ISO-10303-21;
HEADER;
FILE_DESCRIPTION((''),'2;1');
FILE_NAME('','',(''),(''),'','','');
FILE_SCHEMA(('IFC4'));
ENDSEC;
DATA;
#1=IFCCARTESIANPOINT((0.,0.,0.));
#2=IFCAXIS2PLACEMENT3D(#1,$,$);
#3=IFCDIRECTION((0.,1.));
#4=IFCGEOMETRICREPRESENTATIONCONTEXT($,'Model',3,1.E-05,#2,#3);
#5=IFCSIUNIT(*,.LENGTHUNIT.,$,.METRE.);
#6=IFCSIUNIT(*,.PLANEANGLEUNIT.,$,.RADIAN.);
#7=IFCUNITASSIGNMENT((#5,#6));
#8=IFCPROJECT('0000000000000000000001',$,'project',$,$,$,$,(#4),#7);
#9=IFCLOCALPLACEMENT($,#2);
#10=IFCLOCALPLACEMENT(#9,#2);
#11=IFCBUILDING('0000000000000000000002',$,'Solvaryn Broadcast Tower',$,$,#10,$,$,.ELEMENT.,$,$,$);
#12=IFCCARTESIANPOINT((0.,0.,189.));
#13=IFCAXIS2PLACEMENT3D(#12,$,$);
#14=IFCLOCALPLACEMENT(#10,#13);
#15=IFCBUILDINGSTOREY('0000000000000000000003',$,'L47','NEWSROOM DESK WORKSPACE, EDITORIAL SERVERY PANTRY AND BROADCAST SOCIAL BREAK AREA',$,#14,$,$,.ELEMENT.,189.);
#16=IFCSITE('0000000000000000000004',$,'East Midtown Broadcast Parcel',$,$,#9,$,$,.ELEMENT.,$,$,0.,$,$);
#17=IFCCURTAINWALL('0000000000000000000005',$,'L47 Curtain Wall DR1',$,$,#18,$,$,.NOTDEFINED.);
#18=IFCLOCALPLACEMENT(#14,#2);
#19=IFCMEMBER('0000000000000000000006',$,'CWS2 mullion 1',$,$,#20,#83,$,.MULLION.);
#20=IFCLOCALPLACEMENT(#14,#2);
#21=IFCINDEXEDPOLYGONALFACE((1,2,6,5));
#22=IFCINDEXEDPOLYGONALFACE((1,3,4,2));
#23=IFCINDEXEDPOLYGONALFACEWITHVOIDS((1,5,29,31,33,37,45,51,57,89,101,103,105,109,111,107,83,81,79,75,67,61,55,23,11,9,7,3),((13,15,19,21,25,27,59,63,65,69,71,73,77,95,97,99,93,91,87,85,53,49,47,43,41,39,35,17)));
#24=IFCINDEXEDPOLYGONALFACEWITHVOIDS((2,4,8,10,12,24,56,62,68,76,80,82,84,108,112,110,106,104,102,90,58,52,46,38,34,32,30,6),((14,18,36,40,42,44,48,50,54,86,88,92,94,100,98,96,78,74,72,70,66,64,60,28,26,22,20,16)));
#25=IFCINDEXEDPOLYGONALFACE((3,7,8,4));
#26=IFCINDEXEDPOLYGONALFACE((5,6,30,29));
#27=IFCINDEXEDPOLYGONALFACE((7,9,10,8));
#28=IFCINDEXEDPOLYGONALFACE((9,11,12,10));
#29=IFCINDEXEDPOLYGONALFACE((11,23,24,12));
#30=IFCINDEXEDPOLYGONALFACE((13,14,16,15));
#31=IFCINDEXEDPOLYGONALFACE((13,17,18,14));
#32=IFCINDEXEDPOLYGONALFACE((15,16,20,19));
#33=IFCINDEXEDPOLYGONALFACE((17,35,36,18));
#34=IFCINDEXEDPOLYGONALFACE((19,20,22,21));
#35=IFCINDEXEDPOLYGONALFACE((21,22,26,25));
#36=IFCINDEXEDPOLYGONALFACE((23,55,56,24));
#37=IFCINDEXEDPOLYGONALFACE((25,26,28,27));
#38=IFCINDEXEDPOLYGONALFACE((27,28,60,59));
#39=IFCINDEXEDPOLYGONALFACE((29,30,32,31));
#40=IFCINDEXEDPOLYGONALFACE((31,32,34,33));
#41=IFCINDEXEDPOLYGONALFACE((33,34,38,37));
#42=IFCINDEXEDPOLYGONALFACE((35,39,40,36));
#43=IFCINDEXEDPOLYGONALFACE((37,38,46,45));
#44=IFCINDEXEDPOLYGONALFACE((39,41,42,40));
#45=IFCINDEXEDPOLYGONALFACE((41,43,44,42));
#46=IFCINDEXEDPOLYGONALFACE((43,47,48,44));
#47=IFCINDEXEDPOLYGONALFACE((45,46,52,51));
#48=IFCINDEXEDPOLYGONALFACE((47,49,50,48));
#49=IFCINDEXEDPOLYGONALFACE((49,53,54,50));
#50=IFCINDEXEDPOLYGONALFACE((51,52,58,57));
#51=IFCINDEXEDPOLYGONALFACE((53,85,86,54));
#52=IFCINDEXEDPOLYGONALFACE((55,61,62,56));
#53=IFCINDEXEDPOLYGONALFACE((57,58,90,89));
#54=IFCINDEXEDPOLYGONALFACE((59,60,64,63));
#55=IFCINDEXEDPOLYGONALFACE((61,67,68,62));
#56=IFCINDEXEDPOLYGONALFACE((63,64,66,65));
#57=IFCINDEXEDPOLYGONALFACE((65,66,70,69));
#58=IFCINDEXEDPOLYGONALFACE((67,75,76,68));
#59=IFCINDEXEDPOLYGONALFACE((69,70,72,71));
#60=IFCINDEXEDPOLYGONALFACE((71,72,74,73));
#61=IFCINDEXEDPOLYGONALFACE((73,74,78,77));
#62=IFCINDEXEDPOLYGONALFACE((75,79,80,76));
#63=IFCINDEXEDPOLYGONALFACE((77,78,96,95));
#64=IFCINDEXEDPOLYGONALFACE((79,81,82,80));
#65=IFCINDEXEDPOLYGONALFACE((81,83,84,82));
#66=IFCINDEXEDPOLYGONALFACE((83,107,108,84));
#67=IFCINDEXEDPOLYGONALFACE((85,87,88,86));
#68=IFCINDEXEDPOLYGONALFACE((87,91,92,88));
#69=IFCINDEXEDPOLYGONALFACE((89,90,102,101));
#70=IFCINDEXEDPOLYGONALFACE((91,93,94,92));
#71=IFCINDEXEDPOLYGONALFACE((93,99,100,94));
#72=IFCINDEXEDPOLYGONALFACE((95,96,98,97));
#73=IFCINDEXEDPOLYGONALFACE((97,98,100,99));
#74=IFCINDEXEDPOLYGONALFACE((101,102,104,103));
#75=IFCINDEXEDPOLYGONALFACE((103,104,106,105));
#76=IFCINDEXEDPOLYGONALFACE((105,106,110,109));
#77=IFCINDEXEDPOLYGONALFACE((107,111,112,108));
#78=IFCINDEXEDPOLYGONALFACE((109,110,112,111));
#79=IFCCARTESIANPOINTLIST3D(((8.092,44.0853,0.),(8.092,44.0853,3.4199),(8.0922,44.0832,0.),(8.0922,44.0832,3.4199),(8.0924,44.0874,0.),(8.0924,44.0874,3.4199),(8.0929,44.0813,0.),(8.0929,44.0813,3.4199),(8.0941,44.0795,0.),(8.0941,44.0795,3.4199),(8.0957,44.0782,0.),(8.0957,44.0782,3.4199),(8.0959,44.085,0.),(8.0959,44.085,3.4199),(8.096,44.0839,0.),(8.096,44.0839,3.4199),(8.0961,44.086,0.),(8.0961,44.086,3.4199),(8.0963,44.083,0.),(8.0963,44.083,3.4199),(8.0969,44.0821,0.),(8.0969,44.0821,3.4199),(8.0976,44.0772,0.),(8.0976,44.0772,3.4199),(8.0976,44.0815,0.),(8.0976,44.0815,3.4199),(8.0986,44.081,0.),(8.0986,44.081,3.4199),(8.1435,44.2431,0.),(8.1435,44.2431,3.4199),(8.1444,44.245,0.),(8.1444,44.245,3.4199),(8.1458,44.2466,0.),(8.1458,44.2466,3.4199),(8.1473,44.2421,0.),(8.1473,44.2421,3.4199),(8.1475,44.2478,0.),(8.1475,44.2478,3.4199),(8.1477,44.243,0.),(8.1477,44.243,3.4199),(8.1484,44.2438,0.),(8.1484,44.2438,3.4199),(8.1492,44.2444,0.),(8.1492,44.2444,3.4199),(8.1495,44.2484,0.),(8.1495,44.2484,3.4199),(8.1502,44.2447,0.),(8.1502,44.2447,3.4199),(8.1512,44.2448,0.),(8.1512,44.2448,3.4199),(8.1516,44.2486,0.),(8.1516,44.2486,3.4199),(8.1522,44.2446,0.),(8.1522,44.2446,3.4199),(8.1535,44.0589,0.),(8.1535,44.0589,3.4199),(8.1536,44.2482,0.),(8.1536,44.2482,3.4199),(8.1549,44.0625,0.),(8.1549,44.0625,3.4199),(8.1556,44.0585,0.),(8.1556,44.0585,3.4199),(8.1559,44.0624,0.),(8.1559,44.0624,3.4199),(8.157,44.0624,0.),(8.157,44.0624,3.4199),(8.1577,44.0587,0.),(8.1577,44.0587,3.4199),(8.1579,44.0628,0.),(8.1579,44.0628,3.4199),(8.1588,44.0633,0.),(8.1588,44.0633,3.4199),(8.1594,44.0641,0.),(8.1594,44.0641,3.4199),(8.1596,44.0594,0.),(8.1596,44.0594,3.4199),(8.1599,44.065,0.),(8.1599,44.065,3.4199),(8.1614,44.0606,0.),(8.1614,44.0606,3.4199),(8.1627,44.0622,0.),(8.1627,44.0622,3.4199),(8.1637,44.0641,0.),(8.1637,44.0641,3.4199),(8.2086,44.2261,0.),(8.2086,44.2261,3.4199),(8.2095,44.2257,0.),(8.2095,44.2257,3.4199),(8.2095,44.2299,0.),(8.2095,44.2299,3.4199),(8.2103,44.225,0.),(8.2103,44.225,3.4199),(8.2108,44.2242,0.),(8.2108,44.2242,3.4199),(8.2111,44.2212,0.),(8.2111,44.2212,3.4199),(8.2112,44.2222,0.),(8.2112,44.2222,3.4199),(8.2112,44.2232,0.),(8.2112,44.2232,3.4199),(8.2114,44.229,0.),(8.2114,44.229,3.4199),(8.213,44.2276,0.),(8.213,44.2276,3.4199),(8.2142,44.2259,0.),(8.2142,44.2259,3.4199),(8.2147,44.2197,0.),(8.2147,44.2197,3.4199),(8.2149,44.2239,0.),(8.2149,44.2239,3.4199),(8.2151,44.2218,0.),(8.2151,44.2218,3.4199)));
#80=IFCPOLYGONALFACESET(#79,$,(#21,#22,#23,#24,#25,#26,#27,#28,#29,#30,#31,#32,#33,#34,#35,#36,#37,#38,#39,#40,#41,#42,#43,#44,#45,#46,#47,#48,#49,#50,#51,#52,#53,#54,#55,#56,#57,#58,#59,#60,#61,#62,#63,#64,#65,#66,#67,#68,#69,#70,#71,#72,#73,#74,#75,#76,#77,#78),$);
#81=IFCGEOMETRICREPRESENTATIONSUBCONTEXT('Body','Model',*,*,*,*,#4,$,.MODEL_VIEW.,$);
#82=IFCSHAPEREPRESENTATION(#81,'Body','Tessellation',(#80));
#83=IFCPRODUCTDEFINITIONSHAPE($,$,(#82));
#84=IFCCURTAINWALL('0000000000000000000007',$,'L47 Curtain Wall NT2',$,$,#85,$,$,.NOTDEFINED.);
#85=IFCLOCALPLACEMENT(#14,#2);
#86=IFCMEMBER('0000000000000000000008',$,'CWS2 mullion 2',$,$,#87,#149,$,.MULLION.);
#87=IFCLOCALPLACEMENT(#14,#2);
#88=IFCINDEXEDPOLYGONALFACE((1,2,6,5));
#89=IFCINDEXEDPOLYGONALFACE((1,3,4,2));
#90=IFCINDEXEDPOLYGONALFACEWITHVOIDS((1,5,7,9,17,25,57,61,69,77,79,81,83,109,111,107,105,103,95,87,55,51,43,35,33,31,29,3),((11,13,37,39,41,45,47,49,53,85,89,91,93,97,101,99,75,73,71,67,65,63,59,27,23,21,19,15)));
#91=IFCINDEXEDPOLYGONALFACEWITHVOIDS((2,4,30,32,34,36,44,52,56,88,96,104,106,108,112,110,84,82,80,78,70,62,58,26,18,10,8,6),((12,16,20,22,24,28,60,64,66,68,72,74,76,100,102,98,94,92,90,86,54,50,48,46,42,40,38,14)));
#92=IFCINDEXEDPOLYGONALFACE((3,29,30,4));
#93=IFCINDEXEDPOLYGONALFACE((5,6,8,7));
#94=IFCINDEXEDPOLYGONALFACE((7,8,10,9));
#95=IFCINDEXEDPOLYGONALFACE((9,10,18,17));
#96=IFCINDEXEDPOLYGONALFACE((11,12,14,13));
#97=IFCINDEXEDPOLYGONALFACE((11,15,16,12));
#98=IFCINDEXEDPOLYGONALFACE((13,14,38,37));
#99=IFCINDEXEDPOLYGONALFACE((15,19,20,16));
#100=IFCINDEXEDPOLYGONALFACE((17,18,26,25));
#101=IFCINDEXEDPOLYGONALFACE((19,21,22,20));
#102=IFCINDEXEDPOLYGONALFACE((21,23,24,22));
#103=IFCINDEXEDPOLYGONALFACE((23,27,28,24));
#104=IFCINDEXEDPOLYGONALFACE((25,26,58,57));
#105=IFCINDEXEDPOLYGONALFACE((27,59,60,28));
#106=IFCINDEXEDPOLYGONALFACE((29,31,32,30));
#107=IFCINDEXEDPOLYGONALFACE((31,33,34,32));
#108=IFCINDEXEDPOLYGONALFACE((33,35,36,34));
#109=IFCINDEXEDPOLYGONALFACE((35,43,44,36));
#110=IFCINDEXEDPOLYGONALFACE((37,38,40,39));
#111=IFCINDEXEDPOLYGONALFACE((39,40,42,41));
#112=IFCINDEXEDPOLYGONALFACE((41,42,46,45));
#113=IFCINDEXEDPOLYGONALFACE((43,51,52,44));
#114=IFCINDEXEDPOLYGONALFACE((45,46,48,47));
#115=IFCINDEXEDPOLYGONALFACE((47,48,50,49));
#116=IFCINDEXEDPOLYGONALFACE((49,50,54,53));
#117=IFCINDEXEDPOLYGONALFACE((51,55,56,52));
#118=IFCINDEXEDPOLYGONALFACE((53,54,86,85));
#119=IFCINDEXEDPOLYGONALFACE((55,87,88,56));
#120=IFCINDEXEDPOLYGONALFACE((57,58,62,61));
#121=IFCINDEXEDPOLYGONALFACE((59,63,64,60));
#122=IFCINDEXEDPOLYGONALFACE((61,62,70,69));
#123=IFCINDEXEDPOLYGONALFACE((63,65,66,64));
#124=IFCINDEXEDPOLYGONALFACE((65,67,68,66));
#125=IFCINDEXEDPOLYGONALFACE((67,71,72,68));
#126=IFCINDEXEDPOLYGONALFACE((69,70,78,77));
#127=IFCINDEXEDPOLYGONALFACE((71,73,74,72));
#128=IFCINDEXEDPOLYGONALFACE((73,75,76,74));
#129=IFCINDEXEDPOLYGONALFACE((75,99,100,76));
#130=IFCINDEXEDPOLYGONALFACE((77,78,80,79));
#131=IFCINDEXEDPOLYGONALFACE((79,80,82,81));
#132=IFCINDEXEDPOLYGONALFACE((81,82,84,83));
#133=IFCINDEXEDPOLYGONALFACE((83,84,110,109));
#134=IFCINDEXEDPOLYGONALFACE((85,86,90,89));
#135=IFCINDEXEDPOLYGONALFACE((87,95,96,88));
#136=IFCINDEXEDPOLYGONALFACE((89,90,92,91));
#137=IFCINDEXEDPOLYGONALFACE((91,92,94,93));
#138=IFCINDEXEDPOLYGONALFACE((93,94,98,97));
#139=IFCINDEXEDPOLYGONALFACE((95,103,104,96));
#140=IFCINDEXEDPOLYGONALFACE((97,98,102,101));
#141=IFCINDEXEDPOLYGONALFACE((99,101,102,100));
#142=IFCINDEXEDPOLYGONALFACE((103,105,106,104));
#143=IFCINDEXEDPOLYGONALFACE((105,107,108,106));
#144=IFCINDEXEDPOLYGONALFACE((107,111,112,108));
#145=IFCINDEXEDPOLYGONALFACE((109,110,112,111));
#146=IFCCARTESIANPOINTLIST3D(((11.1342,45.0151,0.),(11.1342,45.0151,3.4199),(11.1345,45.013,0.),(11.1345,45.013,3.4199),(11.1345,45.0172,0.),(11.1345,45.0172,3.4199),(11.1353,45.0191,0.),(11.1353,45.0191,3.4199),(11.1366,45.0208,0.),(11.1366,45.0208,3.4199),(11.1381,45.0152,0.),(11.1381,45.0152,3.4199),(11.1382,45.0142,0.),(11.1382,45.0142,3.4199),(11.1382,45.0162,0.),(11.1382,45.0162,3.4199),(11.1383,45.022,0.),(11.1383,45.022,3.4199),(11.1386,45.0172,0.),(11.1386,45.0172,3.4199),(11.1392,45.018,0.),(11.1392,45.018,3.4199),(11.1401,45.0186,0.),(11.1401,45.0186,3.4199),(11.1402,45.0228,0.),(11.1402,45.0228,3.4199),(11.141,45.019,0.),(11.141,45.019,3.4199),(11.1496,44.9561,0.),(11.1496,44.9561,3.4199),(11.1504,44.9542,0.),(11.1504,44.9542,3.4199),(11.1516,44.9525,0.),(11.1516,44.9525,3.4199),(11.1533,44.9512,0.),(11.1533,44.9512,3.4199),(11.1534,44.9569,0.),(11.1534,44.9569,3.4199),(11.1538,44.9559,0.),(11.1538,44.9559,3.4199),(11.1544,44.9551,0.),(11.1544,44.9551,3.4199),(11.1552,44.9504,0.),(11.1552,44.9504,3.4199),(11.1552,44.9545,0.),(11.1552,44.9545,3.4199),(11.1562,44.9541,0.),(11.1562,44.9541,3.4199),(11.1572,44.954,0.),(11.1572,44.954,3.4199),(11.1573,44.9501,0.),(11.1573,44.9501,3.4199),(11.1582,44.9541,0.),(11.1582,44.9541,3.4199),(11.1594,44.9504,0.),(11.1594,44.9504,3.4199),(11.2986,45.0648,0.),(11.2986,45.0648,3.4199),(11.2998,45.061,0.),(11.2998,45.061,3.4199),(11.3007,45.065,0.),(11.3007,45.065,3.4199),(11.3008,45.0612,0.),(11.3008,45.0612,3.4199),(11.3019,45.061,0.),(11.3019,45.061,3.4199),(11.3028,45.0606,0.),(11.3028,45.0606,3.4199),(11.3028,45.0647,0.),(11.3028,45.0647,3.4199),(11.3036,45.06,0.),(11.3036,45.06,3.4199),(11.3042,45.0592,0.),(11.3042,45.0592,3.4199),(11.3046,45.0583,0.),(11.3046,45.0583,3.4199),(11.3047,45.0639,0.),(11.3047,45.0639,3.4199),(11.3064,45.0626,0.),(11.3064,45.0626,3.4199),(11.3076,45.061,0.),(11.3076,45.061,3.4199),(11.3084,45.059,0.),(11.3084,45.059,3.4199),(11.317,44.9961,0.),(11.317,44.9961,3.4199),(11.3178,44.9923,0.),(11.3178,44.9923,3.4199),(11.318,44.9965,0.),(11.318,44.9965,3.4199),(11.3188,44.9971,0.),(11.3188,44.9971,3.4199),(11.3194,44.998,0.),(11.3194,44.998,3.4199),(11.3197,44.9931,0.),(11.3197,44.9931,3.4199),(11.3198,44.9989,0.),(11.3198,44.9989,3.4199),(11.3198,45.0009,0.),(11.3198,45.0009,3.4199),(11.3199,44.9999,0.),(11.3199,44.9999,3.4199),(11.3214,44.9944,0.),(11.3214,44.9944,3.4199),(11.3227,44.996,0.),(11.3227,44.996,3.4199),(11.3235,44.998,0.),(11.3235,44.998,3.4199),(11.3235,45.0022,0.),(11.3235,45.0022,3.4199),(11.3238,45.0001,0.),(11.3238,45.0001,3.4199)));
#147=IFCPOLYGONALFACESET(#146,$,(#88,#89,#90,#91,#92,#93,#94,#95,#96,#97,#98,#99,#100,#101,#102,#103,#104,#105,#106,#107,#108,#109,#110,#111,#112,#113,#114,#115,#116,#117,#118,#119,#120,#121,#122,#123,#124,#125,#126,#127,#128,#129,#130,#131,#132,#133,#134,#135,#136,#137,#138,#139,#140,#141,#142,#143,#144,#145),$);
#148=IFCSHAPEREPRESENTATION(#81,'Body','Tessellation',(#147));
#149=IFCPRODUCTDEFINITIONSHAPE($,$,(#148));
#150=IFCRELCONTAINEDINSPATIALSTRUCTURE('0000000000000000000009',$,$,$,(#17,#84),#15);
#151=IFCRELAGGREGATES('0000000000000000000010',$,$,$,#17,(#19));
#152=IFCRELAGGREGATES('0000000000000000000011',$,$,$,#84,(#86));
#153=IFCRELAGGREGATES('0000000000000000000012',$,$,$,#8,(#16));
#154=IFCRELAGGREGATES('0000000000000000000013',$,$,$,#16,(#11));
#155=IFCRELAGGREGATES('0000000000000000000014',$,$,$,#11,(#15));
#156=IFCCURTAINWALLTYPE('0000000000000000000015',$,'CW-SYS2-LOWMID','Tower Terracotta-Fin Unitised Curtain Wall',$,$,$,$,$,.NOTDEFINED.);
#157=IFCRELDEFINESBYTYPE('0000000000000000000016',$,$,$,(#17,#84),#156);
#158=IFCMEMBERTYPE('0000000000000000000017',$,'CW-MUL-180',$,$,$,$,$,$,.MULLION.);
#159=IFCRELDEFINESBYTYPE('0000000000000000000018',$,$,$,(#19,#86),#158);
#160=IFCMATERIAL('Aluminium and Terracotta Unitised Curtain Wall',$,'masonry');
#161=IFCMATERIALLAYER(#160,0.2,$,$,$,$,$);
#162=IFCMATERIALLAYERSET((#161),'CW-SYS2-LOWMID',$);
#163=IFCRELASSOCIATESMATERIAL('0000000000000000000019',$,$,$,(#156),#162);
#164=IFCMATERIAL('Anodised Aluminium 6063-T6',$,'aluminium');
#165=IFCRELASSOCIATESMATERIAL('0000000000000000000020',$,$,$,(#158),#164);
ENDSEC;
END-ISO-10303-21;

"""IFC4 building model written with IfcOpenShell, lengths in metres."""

from ifc_helpers import new_model, si_unit, direction, frame, origin, origin_2d, place, context, subcontext, project, spatial, hollow_rectangle, extrude, material, layer, layer_set, material_profile, profile_set, type_object, element, aggregate, save


model = new_model("IFC4")

# Units and contexts
model_context = context("Model", 3, precision=1e-05, world=origin(), true_north=direction((0.0, 1.0)))
body_context = subcontext(model_context, "Body", "Model", "MODEL_VIEW")
ifc_project = project(units=[si_unit("LENGTHUNIT", "METRE"), si_unit("PLANEANGLEUNIT", "RADIAN")], contexts=[model_context])

# Site, building, storey
site_placement = place(None, origin())
site = spatial("IfcSite", under=ifc_project, at=site_placement, Name="East Midtown Broadcast Parcel", CompositionType="ELEMENT", RefElevation=0.0)
building_placement = place(site_placement, origin())
building = spatial("IfcBuilding", under=site, at=building_placement, Name="Solvaryn Broadcast Tower", CompositionType="ELEMENT")
storey_placement = place(building_placement, frame((0.0, 0.0, 189.0)))
storey = spatial("IfcBuildingStorey", under=building, at=storey_placement, Name="L47", Description="NEWSROOM DESK WORKSPACE, EDITORIAL SERVERY PANTRY AND BROADCAST SOCIAL BREAK AREA", CompositionType="ELEMENT", Elevation=189.0)

# Curtain walls, members
ifc_material_1 = material(Name="Aluminium and Terracotta Unitised Curtain Wall", Category="masonry")
ifc_layer_1 = layer(ifc_material_1, 0.2)
ifc_layer_set_1 = layer_set([ifc_layer_1], Name="CW-SYS2-LOWMID")
curtain_wall_type = type_object("IfcCurtainWallType", Name="CW-SYS2-LOWMID", Description="Tower Terracotta-Fin Unitised Curtain Wall", PredefinedType="NOTDEFINED", material=ifc_layer_set_1)
curtain_wall_1_placement = place(storey_placement, origin())
curtain_wall_1 = element("IfcCurtainWall", 1, at=curtain_wall_1_placement, inside=storey, type_object=curtain_wall_type, Name="L47 Curtain Wall DR1", PredefinedType="NOTDEFINED")
ifc_material_2 = material(Name="Anodised Aluminium 6063-T6", Category="aluminium")
ifc_material_profile_1 = material_profile(ifc_material_2, hollow_rectangle(XDim=0.075, YDim=0.1799, WallThickness=0.0039, InnerFilletRadius=0.0039, OuterFilletRadius=0.0081, at=origin_2d()))
ifc_profile_set_1 = profile_set([ifc_material_profile_1], Name="Anodised Aluminium 6063-T6")
member_type_1 = type_object("IfcMemberType", Name="CW-MUL-180", PredefinedType="MULLION", material=ifc_profile_set_1)
member_1_placement = place(storey_placement, frame((8.1536, 44.1536, 0.0), z_axis=(0.0, 0.0, 1.0), x_axis=(0.950227, -0.311559, 0.0)))
member_1 = element("IfcMember", 2, at=member_1_placement, type_object=member_type_1, Name="CWS2 mullion 1", PredefinedType="MULLION", context=body_context, shape_type="SweptSolid", body=[
    extrude(hollow_rectangle(XDim=0.075, YDim=0.1799, WallThickness=0.0039, InnerFilletRadius=0.0039, OuterFilletRadius=0.0081, at=origin_2d()), origin(), (0.0, 0.0, 1.0), 3.4199),
])
curtain_wall_2_placement = place(storey_placement, origin())
curtain_wall_2 = element("IfcCurtainWall", 3, at=curtain_wall_2_placement, inside=storey, type_object=curtain_wall_type, Name="L47 Curtain Wall NT2", PredefinedType="NOTDEFINED")
member_2_placement = place(storey_placement, frame((11.229, 45.0076, 0.0), z_axis=(0.0, 0.0, 1.0), x_axis=(0.255893, -0.966705, 0.0)))
member_2 = element("IfcMember", 4, at=member_2_placement, type_object=member_type_1, Name="CWS2 mullion 2", PredefinedType="MULLION", context=body_context, shape_type="SweptSolid", body=[
    extrude(hollow_rectangle(XDim=0.075, YDim=0.1799, WallThickness=0.0039, InnerFilletRadius=0.0039, OuterFilletRadius=0.0081, at=origin_2d()), origin(), (0.0, 0.0, 1.0), 3.4199),
])

aggregate(curtain_wall_1, [member_1])

aggregate(curtain_wall_2, [member_2])

save(model, "model.ifc")
